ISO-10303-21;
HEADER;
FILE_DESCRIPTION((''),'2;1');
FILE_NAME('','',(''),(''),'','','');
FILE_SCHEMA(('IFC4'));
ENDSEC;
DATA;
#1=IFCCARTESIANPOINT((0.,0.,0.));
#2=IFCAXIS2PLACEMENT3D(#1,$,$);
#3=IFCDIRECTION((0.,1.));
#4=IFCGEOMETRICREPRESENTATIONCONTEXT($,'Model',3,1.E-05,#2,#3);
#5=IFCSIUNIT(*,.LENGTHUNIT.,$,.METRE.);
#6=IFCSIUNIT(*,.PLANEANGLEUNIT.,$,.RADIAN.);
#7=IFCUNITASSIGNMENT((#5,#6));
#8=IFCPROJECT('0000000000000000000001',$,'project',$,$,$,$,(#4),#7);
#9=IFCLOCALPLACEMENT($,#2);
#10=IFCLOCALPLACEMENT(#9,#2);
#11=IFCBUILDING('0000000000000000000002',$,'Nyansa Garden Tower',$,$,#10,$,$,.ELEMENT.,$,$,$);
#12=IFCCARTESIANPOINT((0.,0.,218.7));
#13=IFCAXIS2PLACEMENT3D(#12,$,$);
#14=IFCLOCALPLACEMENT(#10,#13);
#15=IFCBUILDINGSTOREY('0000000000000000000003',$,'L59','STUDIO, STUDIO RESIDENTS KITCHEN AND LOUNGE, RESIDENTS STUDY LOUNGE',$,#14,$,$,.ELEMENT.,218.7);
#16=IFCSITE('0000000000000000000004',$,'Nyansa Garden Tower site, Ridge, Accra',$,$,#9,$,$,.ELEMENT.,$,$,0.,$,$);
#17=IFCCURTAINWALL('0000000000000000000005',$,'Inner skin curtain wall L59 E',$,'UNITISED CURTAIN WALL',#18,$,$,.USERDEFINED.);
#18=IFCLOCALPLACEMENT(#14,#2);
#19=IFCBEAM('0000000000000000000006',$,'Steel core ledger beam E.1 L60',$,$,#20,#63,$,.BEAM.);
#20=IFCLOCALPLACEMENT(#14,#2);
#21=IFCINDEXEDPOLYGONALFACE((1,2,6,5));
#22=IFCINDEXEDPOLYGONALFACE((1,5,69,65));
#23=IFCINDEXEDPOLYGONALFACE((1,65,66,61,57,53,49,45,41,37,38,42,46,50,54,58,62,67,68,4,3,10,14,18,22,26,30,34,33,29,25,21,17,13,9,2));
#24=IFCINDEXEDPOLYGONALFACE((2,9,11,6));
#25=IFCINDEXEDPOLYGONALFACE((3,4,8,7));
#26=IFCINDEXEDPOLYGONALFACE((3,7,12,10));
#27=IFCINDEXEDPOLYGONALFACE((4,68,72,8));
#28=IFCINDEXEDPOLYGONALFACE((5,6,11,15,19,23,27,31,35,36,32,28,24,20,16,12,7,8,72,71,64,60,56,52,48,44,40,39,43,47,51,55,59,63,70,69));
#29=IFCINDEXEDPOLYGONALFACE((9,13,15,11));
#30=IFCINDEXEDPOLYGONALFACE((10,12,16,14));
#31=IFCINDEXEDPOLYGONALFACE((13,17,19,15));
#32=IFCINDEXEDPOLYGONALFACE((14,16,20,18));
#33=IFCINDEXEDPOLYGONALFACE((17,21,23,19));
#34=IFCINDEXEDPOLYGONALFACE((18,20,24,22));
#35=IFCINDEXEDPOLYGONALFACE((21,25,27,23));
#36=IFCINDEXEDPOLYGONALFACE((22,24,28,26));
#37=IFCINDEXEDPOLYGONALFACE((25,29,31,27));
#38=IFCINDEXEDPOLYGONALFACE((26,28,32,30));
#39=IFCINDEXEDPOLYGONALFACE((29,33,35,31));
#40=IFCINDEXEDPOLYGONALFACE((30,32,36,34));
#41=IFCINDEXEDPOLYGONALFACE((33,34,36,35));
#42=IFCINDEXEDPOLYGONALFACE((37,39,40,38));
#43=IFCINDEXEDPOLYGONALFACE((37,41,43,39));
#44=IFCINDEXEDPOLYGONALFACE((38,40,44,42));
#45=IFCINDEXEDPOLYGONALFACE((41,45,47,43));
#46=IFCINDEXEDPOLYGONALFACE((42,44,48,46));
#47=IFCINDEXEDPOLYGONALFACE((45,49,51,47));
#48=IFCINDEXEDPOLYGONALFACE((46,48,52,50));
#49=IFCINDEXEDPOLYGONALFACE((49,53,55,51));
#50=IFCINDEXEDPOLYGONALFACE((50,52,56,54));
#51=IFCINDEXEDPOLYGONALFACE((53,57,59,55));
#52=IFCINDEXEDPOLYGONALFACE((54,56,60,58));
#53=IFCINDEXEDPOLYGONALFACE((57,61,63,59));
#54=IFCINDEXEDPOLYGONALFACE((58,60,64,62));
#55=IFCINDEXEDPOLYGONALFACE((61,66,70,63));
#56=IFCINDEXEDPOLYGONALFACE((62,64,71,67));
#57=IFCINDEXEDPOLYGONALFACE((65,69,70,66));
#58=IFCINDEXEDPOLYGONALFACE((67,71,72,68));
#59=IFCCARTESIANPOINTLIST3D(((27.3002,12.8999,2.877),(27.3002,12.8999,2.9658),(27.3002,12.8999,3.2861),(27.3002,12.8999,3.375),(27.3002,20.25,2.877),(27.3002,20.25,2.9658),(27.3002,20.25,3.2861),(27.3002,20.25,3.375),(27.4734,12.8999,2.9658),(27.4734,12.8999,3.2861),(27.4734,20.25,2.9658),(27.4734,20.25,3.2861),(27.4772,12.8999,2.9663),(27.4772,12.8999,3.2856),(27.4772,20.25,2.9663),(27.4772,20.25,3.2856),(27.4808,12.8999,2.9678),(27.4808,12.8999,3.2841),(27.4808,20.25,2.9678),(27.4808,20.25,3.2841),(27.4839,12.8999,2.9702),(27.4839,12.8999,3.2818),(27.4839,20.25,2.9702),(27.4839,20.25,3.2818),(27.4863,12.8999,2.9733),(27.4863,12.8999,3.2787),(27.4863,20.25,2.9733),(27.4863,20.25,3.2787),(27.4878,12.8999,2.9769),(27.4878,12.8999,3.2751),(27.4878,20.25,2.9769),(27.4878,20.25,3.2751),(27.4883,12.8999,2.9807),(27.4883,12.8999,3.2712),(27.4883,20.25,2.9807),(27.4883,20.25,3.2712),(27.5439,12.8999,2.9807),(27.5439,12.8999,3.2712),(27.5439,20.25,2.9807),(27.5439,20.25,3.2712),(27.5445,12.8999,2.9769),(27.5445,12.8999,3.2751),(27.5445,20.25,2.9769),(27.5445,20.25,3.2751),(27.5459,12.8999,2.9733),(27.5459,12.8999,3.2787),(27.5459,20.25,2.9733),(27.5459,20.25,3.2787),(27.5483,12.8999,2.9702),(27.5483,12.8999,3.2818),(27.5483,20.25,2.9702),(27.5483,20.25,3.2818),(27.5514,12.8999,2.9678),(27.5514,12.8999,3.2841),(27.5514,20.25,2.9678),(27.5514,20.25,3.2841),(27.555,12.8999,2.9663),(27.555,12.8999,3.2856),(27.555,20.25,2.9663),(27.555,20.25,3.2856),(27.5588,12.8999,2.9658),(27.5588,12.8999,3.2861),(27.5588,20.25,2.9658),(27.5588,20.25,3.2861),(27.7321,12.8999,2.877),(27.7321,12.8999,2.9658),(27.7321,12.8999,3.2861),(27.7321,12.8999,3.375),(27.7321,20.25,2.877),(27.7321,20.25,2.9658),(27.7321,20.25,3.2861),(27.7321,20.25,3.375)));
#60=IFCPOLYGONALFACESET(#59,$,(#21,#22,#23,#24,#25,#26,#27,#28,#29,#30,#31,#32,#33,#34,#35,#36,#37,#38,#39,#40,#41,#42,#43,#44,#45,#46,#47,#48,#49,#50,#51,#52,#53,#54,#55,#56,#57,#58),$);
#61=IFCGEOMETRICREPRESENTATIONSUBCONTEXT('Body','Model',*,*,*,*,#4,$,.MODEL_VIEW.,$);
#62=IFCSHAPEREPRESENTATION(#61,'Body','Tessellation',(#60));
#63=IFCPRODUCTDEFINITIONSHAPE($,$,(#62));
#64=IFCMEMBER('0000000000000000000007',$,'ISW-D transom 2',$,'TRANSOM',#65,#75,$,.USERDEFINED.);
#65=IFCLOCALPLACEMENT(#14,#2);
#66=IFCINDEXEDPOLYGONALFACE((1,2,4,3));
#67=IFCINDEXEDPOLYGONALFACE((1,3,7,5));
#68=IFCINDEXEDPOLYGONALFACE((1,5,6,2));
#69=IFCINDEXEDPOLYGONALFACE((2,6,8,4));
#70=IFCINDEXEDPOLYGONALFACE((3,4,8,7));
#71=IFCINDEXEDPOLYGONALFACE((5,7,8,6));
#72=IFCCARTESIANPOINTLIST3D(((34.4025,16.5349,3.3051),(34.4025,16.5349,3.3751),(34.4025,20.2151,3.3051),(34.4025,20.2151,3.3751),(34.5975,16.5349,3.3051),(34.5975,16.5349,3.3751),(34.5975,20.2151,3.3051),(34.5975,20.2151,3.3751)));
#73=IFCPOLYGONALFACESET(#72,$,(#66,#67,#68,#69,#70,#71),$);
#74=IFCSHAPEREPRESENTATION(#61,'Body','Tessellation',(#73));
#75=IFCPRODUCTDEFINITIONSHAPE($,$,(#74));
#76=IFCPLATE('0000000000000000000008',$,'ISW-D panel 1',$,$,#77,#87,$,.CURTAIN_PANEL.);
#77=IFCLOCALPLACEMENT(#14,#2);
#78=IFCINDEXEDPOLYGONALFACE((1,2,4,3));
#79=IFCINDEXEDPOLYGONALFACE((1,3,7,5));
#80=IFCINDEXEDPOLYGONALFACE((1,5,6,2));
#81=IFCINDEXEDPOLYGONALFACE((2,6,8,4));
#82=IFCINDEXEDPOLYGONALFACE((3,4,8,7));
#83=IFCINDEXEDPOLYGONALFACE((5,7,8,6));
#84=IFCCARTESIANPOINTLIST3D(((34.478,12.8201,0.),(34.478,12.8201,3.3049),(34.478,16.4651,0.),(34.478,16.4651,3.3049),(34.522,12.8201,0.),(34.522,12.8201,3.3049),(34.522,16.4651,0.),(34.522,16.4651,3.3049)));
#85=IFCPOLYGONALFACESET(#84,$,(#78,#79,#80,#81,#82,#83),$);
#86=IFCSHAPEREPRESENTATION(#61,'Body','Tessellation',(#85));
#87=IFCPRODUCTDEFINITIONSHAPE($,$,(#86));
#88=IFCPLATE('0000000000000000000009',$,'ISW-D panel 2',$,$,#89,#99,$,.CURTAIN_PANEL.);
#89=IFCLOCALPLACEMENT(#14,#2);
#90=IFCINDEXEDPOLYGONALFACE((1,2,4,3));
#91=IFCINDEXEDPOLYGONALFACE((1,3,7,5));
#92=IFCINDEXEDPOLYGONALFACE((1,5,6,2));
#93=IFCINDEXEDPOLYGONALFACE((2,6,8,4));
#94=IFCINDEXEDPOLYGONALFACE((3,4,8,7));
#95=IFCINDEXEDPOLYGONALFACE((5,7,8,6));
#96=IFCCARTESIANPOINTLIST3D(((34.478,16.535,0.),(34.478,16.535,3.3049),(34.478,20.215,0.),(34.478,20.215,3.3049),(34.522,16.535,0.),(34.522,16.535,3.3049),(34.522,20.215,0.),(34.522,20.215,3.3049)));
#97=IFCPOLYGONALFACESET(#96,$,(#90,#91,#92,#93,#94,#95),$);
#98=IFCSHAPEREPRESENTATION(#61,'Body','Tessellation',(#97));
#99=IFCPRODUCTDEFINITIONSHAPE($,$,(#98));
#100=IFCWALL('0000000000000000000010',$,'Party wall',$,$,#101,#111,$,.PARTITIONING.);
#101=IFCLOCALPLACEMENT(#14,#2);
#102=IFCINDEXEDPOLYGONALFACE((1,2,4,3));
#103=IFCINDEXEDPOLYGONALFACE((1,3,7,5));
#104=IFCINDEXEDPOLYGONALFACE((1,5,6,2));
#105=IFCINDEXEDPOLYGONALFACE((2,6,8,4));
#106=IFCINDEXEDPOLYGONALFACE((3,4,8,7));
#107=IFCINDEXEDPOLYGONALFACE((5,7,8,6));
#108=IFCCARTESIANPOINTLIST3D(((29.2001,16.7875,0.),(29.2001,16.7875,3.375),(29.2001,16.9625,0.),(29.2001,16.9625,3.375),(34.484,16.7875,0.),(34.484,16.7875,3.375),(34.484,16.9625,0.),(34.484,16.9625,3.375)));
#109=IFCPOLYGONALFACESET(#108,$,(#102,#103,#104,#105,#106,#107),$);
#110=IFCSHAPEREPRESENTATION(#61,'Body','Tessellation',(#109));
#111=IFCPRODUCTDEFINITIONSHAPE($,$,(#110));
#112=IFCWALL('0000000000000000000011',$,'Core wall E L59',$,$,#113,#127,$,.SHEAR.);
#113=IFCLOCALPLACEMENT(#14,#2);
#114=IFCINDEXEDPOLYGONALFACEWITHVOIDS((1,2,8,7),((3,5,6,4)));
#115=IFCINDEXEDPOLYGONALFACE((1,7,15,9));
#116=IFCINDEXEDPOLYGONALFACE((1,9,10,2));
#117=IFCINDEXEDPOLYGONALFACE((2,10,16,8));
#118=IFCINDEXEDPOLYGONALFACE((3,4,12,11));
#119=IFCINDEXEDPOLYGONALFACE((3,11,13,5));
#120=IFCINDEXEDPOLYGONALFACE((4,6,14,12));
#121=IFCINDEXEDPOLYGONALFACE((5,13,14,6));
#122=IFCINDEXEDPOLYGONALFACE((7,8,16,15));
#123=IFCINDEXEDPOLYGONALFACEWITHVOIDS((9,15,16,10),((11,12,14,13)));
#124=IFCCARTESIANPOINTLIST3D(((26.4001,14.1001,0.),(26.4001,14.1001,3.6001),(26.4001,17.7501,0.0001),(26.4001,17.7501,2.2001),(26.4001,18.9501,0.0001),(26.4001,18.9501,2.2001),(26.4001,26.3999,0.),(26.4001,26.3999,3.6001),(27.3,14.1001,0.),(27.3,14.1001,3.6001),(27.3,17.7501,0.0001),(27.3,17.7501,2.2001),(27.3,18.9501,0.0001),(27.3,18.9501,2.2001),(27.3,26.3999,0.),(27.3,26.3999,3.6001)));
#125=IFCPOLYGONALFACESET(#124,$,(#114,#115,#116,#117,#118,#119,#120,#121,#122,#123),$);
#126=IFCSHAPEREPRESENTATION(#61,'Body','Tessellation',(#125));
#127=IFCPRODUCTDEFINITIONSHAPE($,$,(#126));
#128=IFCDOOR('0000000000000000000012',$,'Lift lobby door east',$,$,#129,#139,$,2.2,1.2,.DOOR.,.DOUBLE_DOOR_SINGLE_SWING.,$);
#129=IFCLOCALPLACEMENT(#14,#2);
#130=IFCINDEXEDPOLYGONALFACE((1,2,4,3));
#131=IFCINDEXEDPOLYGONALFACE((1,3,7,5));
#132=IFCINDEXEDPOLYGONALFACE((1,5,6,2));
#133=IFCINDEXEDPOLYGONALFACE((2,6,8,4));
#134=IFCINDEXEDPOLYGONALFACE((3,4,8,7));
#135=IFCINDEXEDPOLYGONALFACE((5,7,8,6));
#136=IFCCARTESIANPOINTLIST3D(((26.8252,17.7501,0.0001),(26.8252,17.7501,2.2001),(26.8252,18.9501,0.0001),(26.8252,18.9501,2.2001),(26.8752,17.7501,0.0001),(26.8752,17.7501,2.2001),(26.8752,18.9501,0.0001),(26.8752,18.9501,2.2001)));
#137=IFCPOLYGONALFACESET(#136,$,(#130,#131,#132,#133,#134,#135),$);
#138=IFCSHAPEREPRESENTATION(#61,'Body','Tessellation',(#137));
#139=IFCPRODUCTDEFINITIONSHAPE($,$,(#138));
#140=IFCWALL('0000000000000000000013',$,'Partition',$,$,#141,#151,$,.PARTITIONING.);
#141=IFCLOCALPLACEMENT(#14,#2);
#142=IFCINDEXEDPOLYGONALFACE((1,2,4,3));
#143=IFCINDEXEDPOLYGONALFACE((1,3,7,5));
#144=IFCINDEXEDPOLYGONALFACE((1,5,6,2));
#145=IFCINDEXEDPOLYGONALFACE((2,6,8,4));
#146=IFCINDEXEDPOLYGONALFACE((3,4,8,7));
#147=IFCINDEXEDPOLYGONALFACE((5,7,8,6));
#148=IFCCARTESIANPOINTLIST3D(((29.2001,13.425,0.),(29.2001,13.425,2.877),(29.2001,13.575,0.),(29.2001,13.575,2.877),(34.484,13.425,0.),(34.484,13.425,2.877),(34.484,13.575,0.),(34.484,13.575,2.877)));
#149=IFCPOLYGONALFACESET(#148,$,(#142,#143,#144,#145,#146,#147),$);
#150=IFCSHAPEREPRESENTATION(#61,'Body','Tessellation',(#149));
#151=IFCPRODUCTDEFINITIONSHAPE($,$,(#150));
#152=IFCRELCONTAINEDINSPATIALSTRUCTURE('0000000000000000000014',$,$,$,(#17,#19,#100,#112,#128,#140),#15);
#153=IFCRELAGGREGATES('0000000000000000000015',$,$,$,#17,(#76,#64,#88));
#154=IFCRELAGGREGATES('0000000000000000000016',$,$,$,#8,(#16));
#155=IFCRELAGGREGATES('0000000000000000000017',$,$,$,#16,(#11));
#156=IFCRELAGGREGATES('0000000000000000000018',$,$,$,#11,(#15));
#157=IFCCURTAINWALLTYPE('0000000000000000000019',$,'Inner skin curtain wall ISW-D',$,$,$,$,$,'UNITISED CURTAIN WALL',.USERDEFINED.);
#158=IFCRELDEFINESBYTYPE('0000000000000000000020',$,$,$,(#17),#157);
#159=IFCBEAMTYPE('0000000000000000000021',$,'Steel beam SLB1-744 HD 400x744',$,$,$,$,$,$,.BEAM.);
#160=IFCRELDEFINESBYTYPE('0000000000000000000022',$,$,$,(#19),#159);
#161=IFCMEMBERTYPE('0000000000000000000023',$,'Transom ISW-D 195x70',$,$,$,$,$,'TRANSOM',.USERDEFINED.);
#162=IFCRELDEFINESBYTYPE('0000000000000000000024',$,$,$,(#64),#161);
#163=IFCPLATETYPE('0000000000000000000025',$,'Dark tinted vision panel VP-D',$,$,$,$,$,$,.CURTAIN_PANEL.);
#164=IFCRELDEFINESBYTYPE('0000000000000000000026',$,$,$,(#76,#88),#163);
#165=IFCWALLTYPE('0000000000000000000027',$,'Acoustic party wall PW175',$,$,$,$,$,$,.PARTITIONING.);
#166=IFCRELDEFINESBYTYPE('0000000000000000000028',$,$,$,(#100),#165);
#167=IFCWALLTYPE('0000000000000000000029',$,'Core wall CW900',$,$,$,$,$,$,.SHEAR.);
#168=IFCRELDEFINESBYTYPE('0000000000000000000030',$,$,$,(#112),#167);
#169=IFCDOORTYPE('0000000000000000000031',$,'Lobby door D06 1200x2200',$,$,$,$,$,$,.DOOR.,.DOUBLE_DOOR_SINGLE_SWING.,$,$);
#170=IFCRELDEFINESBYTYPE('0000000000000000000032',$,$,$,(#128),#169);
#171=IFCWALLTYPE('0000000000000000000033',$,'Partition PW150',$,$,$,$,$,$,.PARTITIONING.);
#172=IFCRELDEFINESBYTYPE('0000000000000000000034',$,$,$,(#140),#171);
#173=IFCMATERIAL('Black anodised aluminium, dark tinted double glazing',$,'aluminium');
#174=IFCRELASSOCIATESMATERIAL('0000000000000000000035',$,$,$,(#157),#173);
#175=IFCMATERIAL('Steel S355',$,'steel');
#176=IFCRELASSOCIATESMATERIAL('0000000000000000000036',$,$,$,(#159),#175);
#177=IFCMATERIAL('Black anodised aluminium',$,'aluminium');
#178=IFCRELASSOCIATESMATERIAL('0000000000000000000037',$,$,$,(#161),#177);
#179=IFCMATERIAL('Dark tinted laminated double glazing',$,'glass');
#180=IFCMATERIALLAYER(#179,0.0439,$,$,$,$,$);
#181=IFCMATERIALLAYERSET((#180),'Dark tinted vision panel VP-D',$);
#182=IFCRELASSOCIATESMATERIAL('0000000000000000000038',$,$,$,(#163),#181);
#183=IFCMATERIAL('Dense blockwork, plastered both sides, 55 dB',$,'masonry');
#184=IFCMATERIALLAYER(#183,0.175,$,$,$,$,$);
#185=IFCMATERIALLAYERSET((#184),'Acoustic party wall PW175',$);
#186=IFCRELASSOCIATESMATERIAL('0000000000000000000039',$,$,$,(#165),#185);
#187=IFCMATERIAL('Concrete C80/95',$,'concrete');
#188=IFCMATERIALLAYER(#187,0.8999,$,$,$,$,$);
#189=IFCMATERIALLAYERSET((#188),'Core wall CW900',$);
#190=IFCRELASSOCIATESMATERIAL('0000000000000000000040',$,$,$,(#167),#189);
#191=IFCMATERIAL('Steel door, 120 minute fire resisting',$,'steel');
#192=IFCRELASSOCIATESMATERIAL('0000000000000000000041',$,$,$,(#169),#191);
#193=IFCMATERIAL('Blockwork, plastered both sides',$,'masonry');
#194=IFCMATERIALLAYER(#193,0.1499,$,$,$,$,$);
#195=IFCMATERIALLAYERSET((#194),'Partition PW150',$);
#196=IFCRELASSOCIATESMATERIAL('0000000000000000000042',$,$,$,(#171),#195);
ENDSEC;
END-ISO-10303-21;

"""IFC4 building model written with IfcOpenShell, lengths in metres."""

from ifc_helpers import new_model, si_unit, direction, frame, frame_2d, origin, origin_2d, place, context, subcontext, project, spatial, rectangle, i_section, extrude, material, layer, layer_set, material_profile, profile_set, type_object, element, fill, aggregate, save


model = new_model("IFC4")

# Units and contexts
model_context = context("Model", 3, precision=1e-05, world=origin(), true_north=direction((0.0, 1.0)))
body_context = subcontext(model_context, "Body", "Model", "MODEL_VIEW")
ifc_project = project(units=[si_unit("LENGTHUNIT", "METRE"), si_unit("PLANEANGLEUNIT", "RADIAN")], contexts=[model_context])

# Site, building, storey
site_placement = place(None, origin())
site = spatial("IfcSite", under=ifc_project, at=site_placement, Name="Nyansa Garden Tower site, Ridge, Accra", CompositionType="ELEMENT", RefElevation=0.0)
building_placement = place(site_placement, origin())
building = spatial("IfcBuilding", under=site, at=building_placement, Name="Nyansa Garden Tower", CompositionType="ELEMENT")
storey_placement = place(building_placement, frame((0.0, 0.0, 218.7)))
storey = spatial("IfcBuildingStorey", under=building, at=storey_placement, Name="L59", Description="STUDIO, STUDIO RESIDENTS KITCHEN AND LOUNGE, RESIDENTS STUDY LOUNGE", CompositionType="ELEMENT", Elevation=218.7)

# Curtain wall
ifc_material_1 = material(Name="Black anodised aluminium, dark tinted double glazing", Category="aluminium")
curtain_wall_type = type_object("IfcCurtainWallType", Name="Inner skin curtain wall ISW-D", ElementType="UNITISED CURTAIN WALL", PredefinedType="USERDEFINED", material=ifc_material_1)
curtain_wall_placement = place(storey_placement, origin())
curtain_wall = element("IfcCurtainWall", 1, at=curtain_wall_placement, inside=storey, type_object=curtain_wall_type, Name="Inner skin curtain wall L59 E", ObjectType="UNITISED CURTAIN WALL", PredefinedType="USERDEFINED")

# Beam
ifc_material_2 = material(Name="Steel S355", Category="steel")
ifc_material_profile_1 = material_profile(ifc_material_2, i_section(OverallWidth=0.4319, OverallDepth=0.498, WebThickness=0.0557, FlangeThickness=0.0889, FilletRadius=0.0149, at=origin_2d()), Name="HD 400x744")
ifc_profile_set_1 = profile_set([ifc_material_profile_1], Name="Steel S355")
beam_type_1 = type_object("IfcBeamType", Name="Steel beam SLB1-744 HD 400x744", PredefinedType="BEAM", material=ifc_profile_set_1)
beam_1_placement = place(storey_placement, frame((27.5161, 12.8999, 3.126), z_axis=(0.0, 1.0, 0.0), x_axis=(-1.0, 0.0, 0.0)))
element("IfcBeam", 2, at=beam_1_placement, inside=storey, type_object=beam_type_1, Name="Steel core ledger beam E.1 L60", PredefinedType="BEAM", context=body_context, shape_type="SweptSolid", body=[
    extrude(i_section(OverallWidth=0.4319, OverallDepth=0.498, WebThickness=0.0557, FlangeThickness=0.0889, FilletRadius=0.0149, at=origin_2d()), origin(), (0.0, 0.0, 1.0), 7.3501),
])

# Member
ifc_material_3 = material(Name="Black anodised aluminium", Category="aluminium")
ifc_material_profile_2 = material_profile(ifc_material_3, rectangle(XDim=0.1951, YDim=0.0701, at=origin_2d()), Name="Transom 195x70")
ifc_profile_set_2 = profile_set([ifc_material_profile_2], Name="Black anodised aluminium")
member_type_1 = type_object("IfcMemberType", Name="Transom ISW-D 195x70", ElementType="TRANSOM", PredefinedType="USERDEFINED", material=ifc_profile_set_2)
member_1_placement = place(storey_placement, frame((34.5, 16.5349, 3.3401), z_axis=(0.0, 1.0, 0.0), x_axis=(-1.0, 0.0, 0.0)))
member_1 = element("IfcMember", 3, at=member_1_placement, type_object=member_type_1, Name="ISW-D transom 2", ObjectType="TRANSOM", PredefinedType="USERDEFINED", context=body_context, shape_type="SweptSolid", body=[
    extrude(rectangle(XDim=0.1951, YDim=0.0701, at=origin_2d()), origin(), (0.0, 0.0, 1.0), 3.6802),
])

# Plates
ifc_material_4 = material(Name="Dark tinted laminated double glazing", Category="glass")
ifc_layer_1 = layer(ifc_material_4, 0.0439)
ifc_layer_set_1 = layer_set([ifc_layer_1], Name="Dark tinted vision panel VP-D")
plate_type = type_object("IfcPlateType", Name="Dark tinted vision panel VP-D", PredefinedType="CURTAIN_PANEL", material=ifc_layer_set_1)
plate_1_placement = place(storey_placement, frame((34.5, 14.6426, 0.0), z_axis=(0.0, 0.0, 1.0), x_axis=(0.0, 1.0, 0.0)))
plate_1 = element("IfcPlate", 4, at=plate_1_placement, type_object=plate_type, Name="ISW-D panel 1", PredefinedType="CURTAIN_PANEL", context=body_context, shape_type="SweptSolid", body=[
    extrude(rectangle(XDim=3.645, YDim=0.0439, at=origin_2d()), origin(), (0.0, 0.0, 1.0), 3.3049),
])
plate_2_placement = place(storey_placement, frame((34.5, 18.375, 0.0), z_axis=(0.0, 0.0, 1.0), x_axis=(0.0, 1.0, 0.0)))
plate_2 = element("IfcPlate", 5, at=plate_2_placement, type_object=plate_type, Name="ISW-D panel 2", PredefinedType="CURTAIN_PANEL", context=body_context, shape_type="SweptSolid", body=[
    extrude(rectangle(XDim=3.6799, YDim=0.0439, at=origin_2d()), origin(), (0.0, 0.0, 1.0), 3.3049),
])
aggregate(curtain_wall, [plate_1, member_1, plate_2])

# Wall
ifc_material_5 = material(Name="Dense blockwork, plastered both sides, 55 dB", Category="masonry")
ifc_layer_2 = layer(ifc_material_5, 0.175)
ifc_layer_set_2 = layer_set([ifc_layer_2], Name="Acoustic party wall PW175")
wall_type_1 = type_object("IfcWallType", Name="Acoustic party wall PW175", PredefinedType="PARTITIONING", material=ifc_layer_set_2)
wall_1_placement = place(storey_placement, frame((29.2, 16.875, 0.0), z_axis=(0.0, 0.0, 1.0), x_axis=(1.0, 0.0, 0.0)))
element("IfcWall", 6, at=wall_1_placement, inside=storey, type_object=wall_type_1, Name="Party wall", PredefinedType="PARTITIONING", context=body_context, shape_type="SweptSolid", body=[
    extrude(rectangle(XDim=5.2839, YDim=0.175, at=frame_2d((2.6421, 0.0))), origin(), (0.0, 0.0, 1.0), 3.375),
])

# Wall, opening, door
ifc_material_6 = material(Name="Concrete C80/95", Category="concrete")
ifc_layer_3 = layer(ifc_material_6, 0.8999)
ifc_layer_set_3 = layer_set([ifc_layer_3], Name="Core wall CW900")
wall_type_2 = type_object("IfcWallType", Name="Core wall CW900", PredefinedType="SHEAR", material=ifc_layer_set_3)
wall_2_placement = place(storey_placement, frame((26.8501, 14.1001, 0.0), z_axis=(0.0, 0.0, 1.0), x_axis=(0.0, 1.0, 0.0)))
wall_2 = element("IfcWall", 7, at=wall_2_placement, inside=storey, type_object=wall_type_2, Name="Core wall E L59", PredefinedType="SHEAR", context=body_context, shape_type="SweptSolid", body=[
    extrude(rectangle(XDim=12.2998, YDim=0.8999, at=frame_2d((6.1499, 0.0))), origin(), (0.0, 0.0, 1.0), 3.6001),
])
opening_1_placement = place(wall_2_placement, frame((3.6499, 0.0, 0.0)))
opening_1 = element("IfcOpeningElement", 8, at=opening_1_placement, cuts=wall_2, PredefinedType="OPENING", context=body_context, shape_type="SweptSolid", body=[
    extrude(rectangle(XDim=1.2, YDim=2.2, at=frame_2d((0.6001, 1.1001))), frame((0.0, 0.46, 0.0), z_axis=(0.0, -1.0, 0.0), x_axis=(1.0, 0.0, 0.0)), (0.0, 0.0, 1.0), 0.9199),
])
ifc_material_7 = material(Name="Steel door, 120 minute fire resisting", Category="steel")
door_type_1 = type_object("IfcDoorType", Name="Lobby door D06 1200x2200", OperationType="DOUBLE_DOOR_SINGLE_SWING", PredefinedType="DOOR", material=ifc_material_7)
door_1_placement = place(opening_1_placement, origin())
door_1 = element("IfcDoor", 9, at=door_1_placement, inside=storey, type_object=door_type_1, Name="Lift lobby door east", OperationType="DOUBLE_DOOR_SINGLE_SWING", OverallHeight=2.2, OverallWidth=1.2, PredefinedType="DOOR", context=body_context, shape_type="SweptSolid", body=[
    extrude(rectangle(XDim=1.2, YDim=2.2, at=frame_2d((0.6001, 1.1001))), frame((0.0, 0.0249, 0.0), z_axis=(0.0, -1.0, 0.0), x_axis=(1.0, 0.0, 0.0)), (0.0, 0.0, 1.0), 0.05),
])
fill(opening_1, door_1)

# Wall
ifc_material_8 = material(Name="Blockwork, plastered both sides", Category="masonry")
ifc_layer_4 = layer(ifc_material_8, 0.1499)
ifc_layer_set_4 = layer_set([ifc_layer_4], Name="Partition PW150")
wall_type_3 = type_object("IfcWallType", Name="Partition PW150", PredefinedType="PARTITIONING", material=ifc_layer_set_4)
wall_3_placement = place(storey_placement, frame((29.2, 13.5, 0.0), z_axis=(0.0, 0.0, 1.0), x_axis=(1.0, 0.0, 0.0)))
element("IfcWall", 10, at=wall_3_placement, inside=storey, type_object=wall_type_3, Name="Partition", PredefinedType="PARTITIONING", context=body_context, shape_type="SweptSolid", body=[
    extrude(rectangle(XDim=5.2839, YDim=0.1499, at=frame_2d((2.6421, 0.0))), origin(), (0.0, 0.0, 1.0), 2.877),
])

save(model, "model.ifc")
